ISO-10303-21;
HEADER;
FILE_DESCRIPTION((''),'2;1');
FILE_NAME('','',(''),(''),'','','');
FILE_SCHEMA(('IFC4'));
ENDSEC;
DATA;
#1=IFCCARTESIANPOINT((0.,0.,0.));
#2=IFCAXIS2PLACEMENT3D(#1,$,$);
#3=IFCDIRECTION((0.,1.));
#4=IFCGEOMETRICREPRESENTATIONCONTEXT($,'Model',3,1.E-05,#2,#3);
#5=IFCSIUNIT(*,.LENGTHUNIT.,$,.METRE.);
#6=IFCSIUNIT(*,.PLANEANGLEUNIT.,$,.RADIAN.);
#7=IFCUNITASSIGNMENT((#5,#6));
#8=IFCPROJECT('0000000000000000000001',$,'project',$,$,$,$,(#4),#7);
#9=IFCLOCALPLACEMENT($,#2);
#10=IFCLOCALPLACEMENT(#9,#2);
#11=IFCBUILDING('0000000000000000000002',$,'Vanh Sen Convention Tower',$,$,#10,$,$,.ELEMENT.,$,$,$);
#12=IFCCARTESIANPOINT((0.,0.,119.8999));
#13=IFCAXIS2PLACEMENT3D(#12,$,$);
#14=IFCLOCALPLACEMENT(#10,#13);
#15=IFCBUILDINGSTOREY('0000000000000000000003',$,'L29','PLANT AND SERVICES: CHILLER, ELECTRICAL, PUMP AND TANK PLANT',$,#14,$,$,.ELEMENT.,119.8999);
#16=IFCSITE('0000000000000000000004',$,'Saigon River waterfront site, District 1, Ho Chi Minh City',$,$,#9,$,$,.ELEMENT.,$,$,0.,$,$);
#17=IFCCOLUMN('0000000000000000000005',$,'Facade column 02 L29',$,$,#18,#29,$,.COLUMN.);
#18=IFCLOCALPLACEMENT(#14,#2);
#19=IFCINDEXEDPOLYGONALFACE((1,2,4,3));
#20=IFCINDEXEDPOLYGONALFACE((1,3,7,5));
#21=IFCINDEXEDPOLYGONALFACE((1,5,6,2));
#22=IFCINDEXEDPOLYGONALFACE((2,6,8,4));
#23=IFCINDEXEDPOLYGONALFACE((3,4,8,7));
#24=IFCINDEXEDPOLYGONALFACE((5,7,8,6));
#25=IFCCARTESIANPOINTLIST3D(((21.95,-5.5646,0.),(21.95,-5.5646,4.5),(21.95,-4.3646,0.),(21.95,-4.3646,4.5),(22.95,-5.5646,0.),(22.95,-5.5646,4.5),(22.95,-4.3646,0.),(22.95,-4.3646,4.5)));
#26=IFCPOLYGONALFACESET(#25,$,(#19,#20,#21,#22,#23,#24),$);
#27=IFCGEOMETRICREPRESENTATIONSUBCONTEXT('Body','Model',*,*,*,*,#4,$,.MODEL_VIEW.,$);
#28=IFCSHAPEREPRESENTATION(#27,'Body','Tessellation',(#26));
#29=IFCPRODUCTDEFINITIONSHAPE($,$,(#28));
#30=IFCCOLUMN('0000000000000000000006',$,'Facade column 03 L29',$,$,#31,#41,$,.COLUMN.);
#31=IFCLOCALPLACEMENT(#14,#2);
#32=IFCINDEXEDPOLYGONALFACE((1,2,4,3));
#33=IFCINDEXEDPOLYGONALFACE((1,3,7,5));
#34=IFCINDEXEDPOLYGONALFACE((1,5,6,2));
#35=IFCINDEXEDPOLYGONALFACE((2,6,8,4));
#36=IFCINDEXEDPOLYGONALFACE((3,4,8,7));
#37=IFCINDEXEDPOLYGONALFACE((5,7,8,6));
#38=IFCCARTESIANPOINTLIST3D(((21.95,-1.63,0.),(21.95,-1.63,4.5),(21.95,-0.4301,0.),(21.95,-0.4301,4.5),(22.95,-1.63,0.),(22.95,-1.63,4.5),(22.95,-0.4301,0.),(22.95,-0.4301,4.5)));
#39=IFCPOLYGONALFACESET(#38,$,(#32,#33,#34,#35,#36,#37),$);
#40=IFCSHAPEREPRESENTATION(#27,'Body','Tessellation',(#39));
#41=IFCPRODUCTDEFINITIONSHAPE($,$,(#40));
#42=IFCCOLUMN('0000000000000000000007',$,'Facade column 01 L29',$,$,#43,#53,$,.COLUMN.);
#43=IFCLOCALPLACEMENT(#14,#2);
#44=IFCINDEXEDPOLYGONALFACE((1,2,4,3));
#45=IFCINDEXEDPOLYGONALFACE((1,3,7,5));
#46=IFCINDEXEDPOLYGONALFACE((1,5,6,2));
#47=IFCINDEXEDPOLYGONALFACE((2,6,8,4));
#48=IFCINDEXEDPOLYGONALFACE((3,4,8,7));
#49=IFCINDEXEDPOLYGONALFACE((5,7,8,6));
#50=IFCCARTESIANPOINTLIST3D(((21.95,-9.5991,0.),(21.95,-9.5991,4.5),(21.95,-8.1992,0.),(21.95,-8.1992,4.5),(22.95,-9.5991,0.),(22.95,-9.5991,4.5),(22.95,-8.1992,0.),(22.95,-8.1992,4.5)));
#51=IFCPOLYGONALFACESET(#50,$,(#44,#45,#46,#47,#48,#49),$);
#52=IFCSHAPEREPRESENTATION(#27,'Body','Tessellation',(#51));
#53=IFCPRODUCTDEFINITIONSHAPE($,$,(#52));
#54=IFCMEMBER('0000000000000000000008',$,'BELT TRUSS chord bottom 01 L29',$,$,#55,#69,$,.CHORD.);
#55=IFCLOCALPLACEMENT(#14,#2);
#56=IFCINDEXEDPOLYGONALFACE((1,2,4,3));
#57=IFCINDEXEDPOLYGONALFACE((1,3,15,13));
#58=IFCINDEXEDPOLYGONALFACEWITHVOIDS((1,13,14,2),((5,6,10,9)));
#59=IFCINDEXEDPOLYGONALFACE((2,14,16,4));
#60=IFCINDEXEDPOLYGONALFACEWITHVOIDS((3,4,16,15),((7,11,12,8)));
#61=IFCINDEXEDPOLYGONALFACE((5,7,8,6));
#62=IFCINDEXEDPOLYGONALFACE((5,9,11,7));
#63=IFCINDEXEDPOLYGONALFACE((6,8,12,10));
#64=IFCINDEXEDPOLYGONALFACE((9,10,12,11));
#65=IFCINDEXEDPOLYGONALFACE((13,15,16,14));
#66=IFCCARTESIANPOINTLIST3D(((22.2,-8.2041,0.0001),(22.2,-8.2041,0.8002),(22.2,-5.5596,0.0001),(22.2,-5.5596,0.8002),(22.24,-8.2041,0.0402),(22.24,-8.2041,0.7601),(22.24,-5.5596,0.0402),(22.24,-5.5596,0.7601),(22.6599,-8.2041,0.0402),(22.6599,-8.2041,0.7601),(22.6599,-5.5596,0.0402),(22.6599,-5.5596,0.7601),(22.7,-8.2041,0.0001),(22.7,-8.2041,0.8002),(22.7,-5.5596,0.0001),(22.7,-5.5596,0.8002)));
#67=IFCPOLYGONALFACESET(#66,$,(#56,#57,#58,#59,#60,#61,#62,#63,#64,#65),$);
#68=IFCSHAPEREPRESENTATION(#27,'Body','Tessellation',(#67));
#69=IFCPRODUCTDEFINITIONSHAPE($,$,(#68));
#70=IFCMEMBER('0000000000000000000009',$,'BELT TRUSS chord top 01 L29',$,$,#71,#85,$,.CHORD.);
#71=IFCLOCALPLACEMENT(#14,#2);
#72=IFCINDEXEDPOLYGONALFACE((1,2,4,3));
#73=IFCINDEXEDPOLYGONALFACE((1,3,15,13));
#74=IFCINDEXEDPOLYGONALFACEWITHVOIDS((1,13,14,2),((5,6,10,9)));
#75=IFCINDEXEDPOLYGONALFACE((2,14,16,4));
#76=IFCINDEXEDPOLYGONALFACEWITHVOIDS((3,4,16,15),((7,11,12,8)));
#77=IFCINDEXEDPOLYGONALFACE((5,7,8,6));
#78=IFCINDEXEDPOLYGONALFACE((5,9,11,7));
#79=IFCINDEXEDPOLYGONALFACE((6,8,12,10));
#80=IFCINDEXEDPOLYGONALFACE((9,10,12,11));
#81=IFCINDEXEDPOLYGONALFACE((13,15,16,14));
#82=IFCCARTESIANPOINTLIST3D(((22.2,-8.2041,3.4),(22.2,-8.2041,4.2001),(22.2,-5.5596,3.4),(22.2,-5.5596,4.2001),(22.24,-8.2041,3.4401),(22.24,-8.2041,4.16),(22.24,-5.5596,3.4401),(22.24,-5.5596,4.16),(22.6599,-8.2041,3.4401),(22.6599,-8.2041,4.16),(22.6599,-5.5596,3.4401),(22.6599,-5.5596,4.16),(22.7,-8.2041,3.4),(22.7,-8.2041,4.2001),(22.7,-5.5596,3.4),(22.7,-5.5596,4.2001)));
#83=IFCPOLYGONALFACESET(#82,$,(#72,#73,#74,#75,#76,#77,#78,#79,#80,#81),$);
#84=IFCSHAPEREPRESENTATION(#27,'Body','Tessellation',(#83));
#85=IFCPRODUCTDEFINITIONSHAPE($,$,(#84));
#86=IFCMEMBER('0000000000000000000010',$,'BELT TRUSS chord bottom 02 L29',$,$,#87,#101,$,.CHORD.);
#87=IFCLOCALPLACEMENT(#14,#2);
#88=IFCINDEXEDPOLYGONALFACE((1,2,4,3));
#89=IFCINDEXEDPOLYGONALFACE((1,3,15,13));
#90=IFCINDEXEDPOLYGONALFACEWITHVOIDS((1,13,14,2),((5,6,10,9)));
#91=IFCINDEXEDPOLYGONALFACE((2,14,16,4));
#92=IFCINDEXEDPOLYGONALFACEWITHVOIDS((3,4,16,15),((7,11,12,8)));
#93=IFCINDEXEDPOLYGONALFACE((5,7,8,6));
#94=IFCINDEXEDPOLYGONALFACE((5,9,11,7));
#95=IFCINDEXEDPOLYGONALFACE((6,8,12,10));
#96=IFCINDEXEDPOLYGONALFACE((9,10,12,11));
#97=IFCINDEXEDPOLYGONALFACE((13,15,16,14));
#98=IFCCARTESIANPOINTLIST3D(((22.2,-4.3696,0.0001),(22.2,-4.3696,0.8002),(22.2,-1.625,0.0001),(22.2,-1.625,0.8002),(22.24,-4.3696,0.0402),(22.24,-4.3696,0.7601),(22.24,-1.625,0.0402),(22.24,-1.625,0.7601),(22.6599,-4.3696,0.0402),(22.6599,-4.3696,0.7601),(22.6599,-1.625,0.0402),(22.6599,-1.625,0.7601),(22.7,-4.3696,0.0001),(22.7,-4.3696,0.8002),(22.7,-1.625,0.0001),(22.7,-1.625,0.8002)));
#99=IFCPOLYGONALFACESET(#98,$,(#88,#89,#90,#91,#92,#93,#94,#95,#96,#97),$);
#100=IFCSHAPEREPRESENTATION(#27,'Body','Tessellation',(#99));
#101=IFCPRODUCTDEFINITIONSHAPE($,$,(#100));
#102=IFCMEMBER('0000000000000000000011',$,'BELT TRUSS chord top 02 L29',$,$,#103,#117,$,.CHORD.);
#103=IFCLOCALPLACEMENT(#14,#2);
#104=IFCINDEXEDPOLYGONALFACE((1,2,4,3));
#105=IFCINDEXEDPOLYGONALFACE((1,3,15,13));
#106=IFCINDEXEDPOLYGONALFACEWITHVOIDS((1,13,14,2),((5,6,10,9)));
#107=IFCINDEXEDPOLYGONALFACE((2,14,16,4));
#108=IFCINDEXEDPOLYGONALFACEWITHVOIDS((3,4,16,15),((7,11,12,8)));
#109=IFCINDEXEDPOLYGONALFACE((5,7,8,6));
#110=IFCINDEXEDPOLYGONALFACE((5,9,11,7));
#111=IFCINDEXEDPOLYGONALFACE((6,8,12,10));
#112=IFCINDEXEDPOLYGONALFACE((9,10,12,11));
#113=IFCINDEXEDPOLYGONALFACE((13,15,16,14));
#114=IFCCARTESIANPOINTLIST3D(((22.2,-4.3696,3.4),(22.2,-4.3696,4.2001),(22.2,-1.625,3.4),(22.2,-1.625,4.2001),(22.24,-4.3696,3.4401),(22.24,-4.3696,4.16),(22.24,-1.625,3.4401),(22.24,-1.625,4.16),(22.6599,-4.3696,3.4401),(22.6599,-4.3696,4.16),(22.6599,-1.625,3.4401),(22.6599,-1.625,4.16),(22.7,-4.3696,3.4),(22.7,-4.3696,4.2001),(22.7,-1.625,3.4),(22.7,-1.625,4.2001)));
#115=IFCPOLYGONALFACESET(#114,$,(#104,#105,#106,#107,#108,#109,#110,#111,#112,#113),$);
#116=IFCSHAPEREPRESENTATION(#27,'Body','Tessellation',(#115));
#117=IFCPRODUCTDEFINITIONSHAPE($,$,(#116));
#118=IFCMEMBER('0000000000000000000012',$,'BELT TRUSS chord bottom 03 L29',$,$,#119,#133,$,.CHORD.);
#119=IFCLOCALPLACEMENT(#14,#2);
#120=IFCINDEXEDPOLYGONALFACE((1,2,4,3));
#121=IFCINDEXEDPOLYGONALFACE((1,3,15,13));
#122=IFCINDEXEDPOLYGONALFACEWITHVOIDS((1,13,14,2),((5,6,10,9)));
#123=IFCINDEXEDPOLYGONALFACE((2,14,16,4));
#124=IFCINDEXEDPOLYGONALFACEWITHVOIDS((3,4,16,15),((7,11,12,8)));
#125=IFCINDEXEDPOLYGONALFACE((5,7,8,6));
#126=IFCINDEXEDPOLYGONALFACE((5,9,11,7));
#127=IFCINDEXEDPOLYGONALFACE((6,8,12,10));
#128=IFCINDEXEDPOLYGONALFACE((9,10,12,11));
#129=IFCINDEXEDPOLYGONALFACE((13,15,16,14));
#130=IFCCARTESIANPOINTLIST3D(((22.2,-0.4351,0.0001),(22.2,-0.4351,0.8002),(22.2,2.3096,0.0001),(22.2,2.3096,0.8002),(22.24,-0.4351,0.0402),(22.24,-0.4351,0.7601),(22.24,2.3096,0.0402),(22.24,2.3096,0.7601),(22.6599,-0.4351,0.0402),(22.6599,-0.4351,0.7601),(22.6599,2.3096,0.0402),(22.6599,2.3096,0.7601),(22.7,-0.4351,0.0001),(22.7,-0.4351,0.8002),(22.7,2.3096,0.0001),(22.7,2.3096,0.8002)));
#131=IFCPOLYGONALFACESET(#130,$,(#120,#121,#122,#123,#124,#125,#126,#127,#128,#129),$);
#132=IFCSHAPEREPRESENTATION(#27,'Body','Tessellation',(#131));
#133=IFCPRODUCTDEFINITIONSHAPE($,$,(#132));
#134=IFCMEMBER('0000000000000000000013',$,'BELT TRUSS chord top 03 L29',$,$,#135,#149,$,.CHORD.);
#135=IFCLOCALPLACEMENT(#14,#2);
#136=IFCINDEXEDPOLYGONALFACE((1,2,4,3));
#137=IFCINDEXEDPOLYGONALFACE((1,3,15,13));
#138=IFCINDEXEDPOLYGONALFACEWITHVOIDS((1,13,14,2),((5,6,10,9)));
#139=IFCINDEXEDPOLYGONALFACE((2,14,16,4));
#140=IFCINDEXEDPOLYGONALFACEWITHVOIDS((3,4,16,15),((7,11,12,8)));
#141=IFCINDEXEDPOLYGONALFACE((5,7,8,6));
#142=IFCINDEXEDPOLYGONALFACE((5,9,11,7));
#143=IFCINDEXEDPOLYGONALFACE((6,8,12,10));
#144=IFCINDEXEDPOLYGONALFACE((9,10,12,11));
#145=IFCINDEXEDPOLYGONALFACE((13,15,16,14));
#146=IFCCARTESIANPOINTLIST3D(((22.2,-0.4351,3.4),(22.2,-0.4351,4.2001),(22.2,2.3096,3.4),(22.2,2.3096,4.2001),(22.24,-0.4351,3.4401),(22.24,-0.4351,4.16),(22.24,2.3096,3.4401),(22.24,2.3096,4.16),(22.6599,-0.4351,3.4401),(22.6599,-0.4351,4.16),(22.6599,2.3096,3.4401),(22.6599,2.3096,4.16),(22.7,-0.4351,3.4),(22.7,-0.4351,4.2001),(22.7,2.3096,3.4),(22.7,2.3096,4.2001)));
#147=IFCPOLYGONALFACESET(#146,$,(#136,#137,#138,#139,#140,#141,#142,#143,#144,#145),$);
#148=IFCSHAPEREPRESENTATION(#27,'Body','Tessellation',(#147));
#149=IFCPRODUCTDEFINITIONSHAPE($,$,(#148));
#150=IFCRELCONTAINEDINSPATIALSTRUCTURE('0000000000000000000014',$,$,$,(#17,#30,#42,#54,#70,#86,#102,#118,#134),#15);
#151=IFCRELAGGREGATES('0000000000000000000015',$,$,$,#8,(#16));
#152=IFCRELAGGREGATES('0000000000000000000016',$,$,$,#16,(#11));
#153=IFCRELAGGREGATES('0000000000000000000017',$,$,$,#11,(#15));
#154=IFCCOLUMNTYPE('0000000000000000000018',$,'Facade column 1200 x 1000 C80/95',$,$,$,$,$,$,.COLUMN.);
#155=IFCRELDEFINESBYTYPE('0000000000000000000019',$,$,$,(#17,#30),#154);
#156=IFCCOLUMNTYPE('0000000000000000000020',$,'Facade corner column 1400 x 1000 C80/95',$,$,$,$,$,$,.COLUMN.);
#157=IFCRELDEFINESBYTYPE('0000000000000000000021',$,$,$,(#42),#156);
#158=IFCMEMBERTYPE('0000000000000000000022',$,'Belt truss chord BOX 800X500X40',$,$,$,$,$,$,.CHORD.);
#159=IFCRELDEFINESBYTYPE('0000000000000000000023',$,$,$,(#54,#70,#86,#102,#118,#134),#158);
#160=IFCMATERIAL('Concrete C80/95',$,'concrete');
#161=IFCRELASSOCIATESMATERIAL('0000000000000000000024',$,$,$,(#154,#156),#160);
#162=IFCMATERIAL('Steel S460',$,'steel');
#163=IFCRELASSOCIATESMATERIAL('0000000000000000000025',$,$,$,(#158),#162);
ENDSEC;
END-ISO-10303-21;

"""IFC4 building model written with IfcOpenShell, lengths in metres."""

from ifc_helpers import new_model, si_unit, direction, frame, origin, origin_2d, place, context, subcontext, project, spatial, rectangle, hollow_rectangle, extrude, material, material_profile, profile_set, type_object, element, save


model = new_model("IFC4")

# Units and contexts
model_context = context("Model", 3, precision=1e-05, world=origin(), true_north=direction((0.0, 1.0)))
body_context = subcontext(model_context, "Body", "Model", "MODEL_VIEW")
ifc_project = project(units=[si_unit("LENGTHUNIT", "METRE"), si_unit("PLANEANGLEUNIT", "RADIAN")], contexts=[model_context])

# Site, building, storey
site_placement = place(None, origin())
site = spatial("IfcSite", under=ifc_project, at=site_placement, Name="Saigon River waterfront site, District 1, Ho Chi Minh City", CompositionType="ELEMENT", RefElevation=0.0)
building_placement = place(site_placement, origin())
building = spatial("IfcBuilding", under=site, at=building_placement, Name="Vanh Sen Convention Tower", CompositionType="ELEMENT")
storey_placement = place(building_placement, frame((0.0, 0.0, 119.8999)))
storey = spatial("IfcBuildingStorey", under=building, at=storey_placement, Name="L29", Description="PLANT AND SERVICES: CHILLER, ELECTRICAL, PUMP AND TANK PLANT", CompositionType="ELEMENT", Elevation=119.8999)

# Columns
ifc_material_1 = material(Name="Concrete C80/95", Category="concrete")
ifc_material_profile_1 = material_profile(ifc_material_1, rectangle(XDim=1.2, YDim=1.0, at=origin_2d()), Name="RC 1200X1000")
ifc_profile_set_1 = profile_set([ifc_material_profile_1], Name="Concrete C80/95")
column_type_1 = type_object("IfcColumnType", Name="Facade column 1200 x 1000 C80/95", PredefinedType="COLUMN", material=ifc_profile_set_1)
for number, where, z_axis, x_axis, name in (
    (1, (22.45, -4.9646, 0.0), (0.0, 0.0, 1.0), (0.0, 1.0, 0.0), "Facade column 02 L29"),
    (2, (22.45, -1.03, 0.0), (0.0, 0.0, 1.0), (0.0, 1.0, 0.0), "Facade column 03 L29"),
):
    element("IfcColumn", number, at=place(storey_placement, frame(where, z_axis=z_axis, x_axis=x_axis)), inside=storey, type_object=column_type_1, Name=name, PredefinedType="COLUMN", context=body_context, shape_type="SweptSolid", body=[
        extrude(rectangle(XDim=1.2, YDim=1.0, at=origin_2d()), origin(), (0.0, 0.0, 1.0), 4.5),
    ])
ifc_material_profile_2 = material_profile(ifc_material_1, rectangle(XDim=1.3999, YDim=1.0, at=origin_2d()), Name="RC 1400X1000")
ifc_profile_set_2 = profile_set([ifc_material_profile_2], Name="Concrete C80/95")
column_type_2 = type_object("IfcColumnType", Name="Facade corner column 1400 x 1000 C80/95", PredefinedType="COLUMN", material=ifc_profile_set_2)
column_placement = place(storey_placement, frame((22.45, -8.8992, 0.0), z_axis=(0.0, 0.0, 1.0), x_axis=(0.0, 1.0, 0.0)))
element("IfcColumn", 3, at=column_placement, inside=storey, type_object=column_type_2, Name="Facade column 01 L29", PredefinedType="COLUMN", context=body_context, shape_type="SweptSolid", body=[
    extrude(rectangle(XDim=1.3999, YDim=1.0, at=origin_2d()), origin(), (0.0, 0.0, 1.0), 4.5),
])

# Members
ifc_material_2 = material(Name="Steel S460", Category="steel")
ifc_material_profile_3 = material_profile(ifc_material_2, hollow_rectangle(XDim=0.5, YDim=0.8, WallThickness=0.04, at=origin_2d()), Name="BOX 800X500X40")
ifc_profile_set_3 = profile_set([ifc_material_profile_3], Name="Steel S460")
member_type_1 = type_object("IfcMemberType", Name="Belt truss chord BOX 800X500X40", PredefinedType="CHORD", material=ifc_profile_set_3)
for number, where, z_axis, x_axis, name in (
    (4, (22.45, -8.2041, 0.4001), (0.0, 1.0, 0.0), (-1.0, 0.0, 0.0), "BELT TRUSS chord bottom 01 L29"),
    (5, (22.45, -8.2041, 3.8), (0.0, 1.0, 0.0), (-1.0, 0.0, 0.0), "BELT TRUSS chord top 01 L29"),
):
    element("IfcMember", number, at=place(storey_placement, frame(where, z_axis=z_axis, x_axis=x_axis)), inside=storey, type_object=member_type_1, Name=name, PredefinedType="CHORD", context=body_context, shape_type="SweptSolid", body=[
        extrude(hollow_rectangle(XDim=0.5, YDim=0.8, WallThickness=0.04, at=origin_2d()), origin(), (0.0, 0.0, 1.0), 2.6445),
    ])
for number, where, z_axis, x_axis, name in (
    (6, (22.45, -4.3696, 0.4001), (0.0, 1.0, 0.0), (-1.0, 0.0, 0.0), "BELT TRUSS chord bottom 02 L29"),
    (7, (22.45, -4.3696, 3.8), (0.0, 1.0, 0.0), (-1.0, 0.0, 0.0), "BELT TRUSS chord top 02 L29"),
    (8, (22.45, -0.4351, 0.4001), (0.0, 1.0, 0.0), (-1.0, 0.0, 0.0), "BELT TRUSS chord bottom 03 L29"),
    (9, (22.45, -0.4351, 3.8), (0.0, 1.0, 0.0), (-1.0, 0.0, 0.0), "BELT TRUSS chord top 03 L29"),
):
    element("IfcMember", number, at=place(storey_placement, frame(where, z_axis=z_axis, x_axis=x_axis)), inside=storey, type_object=member_type_1, Name=name, PredefinedType="CHORD", context=body_context, shape_type="SweptSolid", body=[
        extrude(hollow_rectangle(XDim=0.5, YDim=0.8, WallThickness=0.04, at=origin_2d()), origin(), (0.0, 0.0, 1.0), 2.7446),
    ])

save(model, "model.ifc")
